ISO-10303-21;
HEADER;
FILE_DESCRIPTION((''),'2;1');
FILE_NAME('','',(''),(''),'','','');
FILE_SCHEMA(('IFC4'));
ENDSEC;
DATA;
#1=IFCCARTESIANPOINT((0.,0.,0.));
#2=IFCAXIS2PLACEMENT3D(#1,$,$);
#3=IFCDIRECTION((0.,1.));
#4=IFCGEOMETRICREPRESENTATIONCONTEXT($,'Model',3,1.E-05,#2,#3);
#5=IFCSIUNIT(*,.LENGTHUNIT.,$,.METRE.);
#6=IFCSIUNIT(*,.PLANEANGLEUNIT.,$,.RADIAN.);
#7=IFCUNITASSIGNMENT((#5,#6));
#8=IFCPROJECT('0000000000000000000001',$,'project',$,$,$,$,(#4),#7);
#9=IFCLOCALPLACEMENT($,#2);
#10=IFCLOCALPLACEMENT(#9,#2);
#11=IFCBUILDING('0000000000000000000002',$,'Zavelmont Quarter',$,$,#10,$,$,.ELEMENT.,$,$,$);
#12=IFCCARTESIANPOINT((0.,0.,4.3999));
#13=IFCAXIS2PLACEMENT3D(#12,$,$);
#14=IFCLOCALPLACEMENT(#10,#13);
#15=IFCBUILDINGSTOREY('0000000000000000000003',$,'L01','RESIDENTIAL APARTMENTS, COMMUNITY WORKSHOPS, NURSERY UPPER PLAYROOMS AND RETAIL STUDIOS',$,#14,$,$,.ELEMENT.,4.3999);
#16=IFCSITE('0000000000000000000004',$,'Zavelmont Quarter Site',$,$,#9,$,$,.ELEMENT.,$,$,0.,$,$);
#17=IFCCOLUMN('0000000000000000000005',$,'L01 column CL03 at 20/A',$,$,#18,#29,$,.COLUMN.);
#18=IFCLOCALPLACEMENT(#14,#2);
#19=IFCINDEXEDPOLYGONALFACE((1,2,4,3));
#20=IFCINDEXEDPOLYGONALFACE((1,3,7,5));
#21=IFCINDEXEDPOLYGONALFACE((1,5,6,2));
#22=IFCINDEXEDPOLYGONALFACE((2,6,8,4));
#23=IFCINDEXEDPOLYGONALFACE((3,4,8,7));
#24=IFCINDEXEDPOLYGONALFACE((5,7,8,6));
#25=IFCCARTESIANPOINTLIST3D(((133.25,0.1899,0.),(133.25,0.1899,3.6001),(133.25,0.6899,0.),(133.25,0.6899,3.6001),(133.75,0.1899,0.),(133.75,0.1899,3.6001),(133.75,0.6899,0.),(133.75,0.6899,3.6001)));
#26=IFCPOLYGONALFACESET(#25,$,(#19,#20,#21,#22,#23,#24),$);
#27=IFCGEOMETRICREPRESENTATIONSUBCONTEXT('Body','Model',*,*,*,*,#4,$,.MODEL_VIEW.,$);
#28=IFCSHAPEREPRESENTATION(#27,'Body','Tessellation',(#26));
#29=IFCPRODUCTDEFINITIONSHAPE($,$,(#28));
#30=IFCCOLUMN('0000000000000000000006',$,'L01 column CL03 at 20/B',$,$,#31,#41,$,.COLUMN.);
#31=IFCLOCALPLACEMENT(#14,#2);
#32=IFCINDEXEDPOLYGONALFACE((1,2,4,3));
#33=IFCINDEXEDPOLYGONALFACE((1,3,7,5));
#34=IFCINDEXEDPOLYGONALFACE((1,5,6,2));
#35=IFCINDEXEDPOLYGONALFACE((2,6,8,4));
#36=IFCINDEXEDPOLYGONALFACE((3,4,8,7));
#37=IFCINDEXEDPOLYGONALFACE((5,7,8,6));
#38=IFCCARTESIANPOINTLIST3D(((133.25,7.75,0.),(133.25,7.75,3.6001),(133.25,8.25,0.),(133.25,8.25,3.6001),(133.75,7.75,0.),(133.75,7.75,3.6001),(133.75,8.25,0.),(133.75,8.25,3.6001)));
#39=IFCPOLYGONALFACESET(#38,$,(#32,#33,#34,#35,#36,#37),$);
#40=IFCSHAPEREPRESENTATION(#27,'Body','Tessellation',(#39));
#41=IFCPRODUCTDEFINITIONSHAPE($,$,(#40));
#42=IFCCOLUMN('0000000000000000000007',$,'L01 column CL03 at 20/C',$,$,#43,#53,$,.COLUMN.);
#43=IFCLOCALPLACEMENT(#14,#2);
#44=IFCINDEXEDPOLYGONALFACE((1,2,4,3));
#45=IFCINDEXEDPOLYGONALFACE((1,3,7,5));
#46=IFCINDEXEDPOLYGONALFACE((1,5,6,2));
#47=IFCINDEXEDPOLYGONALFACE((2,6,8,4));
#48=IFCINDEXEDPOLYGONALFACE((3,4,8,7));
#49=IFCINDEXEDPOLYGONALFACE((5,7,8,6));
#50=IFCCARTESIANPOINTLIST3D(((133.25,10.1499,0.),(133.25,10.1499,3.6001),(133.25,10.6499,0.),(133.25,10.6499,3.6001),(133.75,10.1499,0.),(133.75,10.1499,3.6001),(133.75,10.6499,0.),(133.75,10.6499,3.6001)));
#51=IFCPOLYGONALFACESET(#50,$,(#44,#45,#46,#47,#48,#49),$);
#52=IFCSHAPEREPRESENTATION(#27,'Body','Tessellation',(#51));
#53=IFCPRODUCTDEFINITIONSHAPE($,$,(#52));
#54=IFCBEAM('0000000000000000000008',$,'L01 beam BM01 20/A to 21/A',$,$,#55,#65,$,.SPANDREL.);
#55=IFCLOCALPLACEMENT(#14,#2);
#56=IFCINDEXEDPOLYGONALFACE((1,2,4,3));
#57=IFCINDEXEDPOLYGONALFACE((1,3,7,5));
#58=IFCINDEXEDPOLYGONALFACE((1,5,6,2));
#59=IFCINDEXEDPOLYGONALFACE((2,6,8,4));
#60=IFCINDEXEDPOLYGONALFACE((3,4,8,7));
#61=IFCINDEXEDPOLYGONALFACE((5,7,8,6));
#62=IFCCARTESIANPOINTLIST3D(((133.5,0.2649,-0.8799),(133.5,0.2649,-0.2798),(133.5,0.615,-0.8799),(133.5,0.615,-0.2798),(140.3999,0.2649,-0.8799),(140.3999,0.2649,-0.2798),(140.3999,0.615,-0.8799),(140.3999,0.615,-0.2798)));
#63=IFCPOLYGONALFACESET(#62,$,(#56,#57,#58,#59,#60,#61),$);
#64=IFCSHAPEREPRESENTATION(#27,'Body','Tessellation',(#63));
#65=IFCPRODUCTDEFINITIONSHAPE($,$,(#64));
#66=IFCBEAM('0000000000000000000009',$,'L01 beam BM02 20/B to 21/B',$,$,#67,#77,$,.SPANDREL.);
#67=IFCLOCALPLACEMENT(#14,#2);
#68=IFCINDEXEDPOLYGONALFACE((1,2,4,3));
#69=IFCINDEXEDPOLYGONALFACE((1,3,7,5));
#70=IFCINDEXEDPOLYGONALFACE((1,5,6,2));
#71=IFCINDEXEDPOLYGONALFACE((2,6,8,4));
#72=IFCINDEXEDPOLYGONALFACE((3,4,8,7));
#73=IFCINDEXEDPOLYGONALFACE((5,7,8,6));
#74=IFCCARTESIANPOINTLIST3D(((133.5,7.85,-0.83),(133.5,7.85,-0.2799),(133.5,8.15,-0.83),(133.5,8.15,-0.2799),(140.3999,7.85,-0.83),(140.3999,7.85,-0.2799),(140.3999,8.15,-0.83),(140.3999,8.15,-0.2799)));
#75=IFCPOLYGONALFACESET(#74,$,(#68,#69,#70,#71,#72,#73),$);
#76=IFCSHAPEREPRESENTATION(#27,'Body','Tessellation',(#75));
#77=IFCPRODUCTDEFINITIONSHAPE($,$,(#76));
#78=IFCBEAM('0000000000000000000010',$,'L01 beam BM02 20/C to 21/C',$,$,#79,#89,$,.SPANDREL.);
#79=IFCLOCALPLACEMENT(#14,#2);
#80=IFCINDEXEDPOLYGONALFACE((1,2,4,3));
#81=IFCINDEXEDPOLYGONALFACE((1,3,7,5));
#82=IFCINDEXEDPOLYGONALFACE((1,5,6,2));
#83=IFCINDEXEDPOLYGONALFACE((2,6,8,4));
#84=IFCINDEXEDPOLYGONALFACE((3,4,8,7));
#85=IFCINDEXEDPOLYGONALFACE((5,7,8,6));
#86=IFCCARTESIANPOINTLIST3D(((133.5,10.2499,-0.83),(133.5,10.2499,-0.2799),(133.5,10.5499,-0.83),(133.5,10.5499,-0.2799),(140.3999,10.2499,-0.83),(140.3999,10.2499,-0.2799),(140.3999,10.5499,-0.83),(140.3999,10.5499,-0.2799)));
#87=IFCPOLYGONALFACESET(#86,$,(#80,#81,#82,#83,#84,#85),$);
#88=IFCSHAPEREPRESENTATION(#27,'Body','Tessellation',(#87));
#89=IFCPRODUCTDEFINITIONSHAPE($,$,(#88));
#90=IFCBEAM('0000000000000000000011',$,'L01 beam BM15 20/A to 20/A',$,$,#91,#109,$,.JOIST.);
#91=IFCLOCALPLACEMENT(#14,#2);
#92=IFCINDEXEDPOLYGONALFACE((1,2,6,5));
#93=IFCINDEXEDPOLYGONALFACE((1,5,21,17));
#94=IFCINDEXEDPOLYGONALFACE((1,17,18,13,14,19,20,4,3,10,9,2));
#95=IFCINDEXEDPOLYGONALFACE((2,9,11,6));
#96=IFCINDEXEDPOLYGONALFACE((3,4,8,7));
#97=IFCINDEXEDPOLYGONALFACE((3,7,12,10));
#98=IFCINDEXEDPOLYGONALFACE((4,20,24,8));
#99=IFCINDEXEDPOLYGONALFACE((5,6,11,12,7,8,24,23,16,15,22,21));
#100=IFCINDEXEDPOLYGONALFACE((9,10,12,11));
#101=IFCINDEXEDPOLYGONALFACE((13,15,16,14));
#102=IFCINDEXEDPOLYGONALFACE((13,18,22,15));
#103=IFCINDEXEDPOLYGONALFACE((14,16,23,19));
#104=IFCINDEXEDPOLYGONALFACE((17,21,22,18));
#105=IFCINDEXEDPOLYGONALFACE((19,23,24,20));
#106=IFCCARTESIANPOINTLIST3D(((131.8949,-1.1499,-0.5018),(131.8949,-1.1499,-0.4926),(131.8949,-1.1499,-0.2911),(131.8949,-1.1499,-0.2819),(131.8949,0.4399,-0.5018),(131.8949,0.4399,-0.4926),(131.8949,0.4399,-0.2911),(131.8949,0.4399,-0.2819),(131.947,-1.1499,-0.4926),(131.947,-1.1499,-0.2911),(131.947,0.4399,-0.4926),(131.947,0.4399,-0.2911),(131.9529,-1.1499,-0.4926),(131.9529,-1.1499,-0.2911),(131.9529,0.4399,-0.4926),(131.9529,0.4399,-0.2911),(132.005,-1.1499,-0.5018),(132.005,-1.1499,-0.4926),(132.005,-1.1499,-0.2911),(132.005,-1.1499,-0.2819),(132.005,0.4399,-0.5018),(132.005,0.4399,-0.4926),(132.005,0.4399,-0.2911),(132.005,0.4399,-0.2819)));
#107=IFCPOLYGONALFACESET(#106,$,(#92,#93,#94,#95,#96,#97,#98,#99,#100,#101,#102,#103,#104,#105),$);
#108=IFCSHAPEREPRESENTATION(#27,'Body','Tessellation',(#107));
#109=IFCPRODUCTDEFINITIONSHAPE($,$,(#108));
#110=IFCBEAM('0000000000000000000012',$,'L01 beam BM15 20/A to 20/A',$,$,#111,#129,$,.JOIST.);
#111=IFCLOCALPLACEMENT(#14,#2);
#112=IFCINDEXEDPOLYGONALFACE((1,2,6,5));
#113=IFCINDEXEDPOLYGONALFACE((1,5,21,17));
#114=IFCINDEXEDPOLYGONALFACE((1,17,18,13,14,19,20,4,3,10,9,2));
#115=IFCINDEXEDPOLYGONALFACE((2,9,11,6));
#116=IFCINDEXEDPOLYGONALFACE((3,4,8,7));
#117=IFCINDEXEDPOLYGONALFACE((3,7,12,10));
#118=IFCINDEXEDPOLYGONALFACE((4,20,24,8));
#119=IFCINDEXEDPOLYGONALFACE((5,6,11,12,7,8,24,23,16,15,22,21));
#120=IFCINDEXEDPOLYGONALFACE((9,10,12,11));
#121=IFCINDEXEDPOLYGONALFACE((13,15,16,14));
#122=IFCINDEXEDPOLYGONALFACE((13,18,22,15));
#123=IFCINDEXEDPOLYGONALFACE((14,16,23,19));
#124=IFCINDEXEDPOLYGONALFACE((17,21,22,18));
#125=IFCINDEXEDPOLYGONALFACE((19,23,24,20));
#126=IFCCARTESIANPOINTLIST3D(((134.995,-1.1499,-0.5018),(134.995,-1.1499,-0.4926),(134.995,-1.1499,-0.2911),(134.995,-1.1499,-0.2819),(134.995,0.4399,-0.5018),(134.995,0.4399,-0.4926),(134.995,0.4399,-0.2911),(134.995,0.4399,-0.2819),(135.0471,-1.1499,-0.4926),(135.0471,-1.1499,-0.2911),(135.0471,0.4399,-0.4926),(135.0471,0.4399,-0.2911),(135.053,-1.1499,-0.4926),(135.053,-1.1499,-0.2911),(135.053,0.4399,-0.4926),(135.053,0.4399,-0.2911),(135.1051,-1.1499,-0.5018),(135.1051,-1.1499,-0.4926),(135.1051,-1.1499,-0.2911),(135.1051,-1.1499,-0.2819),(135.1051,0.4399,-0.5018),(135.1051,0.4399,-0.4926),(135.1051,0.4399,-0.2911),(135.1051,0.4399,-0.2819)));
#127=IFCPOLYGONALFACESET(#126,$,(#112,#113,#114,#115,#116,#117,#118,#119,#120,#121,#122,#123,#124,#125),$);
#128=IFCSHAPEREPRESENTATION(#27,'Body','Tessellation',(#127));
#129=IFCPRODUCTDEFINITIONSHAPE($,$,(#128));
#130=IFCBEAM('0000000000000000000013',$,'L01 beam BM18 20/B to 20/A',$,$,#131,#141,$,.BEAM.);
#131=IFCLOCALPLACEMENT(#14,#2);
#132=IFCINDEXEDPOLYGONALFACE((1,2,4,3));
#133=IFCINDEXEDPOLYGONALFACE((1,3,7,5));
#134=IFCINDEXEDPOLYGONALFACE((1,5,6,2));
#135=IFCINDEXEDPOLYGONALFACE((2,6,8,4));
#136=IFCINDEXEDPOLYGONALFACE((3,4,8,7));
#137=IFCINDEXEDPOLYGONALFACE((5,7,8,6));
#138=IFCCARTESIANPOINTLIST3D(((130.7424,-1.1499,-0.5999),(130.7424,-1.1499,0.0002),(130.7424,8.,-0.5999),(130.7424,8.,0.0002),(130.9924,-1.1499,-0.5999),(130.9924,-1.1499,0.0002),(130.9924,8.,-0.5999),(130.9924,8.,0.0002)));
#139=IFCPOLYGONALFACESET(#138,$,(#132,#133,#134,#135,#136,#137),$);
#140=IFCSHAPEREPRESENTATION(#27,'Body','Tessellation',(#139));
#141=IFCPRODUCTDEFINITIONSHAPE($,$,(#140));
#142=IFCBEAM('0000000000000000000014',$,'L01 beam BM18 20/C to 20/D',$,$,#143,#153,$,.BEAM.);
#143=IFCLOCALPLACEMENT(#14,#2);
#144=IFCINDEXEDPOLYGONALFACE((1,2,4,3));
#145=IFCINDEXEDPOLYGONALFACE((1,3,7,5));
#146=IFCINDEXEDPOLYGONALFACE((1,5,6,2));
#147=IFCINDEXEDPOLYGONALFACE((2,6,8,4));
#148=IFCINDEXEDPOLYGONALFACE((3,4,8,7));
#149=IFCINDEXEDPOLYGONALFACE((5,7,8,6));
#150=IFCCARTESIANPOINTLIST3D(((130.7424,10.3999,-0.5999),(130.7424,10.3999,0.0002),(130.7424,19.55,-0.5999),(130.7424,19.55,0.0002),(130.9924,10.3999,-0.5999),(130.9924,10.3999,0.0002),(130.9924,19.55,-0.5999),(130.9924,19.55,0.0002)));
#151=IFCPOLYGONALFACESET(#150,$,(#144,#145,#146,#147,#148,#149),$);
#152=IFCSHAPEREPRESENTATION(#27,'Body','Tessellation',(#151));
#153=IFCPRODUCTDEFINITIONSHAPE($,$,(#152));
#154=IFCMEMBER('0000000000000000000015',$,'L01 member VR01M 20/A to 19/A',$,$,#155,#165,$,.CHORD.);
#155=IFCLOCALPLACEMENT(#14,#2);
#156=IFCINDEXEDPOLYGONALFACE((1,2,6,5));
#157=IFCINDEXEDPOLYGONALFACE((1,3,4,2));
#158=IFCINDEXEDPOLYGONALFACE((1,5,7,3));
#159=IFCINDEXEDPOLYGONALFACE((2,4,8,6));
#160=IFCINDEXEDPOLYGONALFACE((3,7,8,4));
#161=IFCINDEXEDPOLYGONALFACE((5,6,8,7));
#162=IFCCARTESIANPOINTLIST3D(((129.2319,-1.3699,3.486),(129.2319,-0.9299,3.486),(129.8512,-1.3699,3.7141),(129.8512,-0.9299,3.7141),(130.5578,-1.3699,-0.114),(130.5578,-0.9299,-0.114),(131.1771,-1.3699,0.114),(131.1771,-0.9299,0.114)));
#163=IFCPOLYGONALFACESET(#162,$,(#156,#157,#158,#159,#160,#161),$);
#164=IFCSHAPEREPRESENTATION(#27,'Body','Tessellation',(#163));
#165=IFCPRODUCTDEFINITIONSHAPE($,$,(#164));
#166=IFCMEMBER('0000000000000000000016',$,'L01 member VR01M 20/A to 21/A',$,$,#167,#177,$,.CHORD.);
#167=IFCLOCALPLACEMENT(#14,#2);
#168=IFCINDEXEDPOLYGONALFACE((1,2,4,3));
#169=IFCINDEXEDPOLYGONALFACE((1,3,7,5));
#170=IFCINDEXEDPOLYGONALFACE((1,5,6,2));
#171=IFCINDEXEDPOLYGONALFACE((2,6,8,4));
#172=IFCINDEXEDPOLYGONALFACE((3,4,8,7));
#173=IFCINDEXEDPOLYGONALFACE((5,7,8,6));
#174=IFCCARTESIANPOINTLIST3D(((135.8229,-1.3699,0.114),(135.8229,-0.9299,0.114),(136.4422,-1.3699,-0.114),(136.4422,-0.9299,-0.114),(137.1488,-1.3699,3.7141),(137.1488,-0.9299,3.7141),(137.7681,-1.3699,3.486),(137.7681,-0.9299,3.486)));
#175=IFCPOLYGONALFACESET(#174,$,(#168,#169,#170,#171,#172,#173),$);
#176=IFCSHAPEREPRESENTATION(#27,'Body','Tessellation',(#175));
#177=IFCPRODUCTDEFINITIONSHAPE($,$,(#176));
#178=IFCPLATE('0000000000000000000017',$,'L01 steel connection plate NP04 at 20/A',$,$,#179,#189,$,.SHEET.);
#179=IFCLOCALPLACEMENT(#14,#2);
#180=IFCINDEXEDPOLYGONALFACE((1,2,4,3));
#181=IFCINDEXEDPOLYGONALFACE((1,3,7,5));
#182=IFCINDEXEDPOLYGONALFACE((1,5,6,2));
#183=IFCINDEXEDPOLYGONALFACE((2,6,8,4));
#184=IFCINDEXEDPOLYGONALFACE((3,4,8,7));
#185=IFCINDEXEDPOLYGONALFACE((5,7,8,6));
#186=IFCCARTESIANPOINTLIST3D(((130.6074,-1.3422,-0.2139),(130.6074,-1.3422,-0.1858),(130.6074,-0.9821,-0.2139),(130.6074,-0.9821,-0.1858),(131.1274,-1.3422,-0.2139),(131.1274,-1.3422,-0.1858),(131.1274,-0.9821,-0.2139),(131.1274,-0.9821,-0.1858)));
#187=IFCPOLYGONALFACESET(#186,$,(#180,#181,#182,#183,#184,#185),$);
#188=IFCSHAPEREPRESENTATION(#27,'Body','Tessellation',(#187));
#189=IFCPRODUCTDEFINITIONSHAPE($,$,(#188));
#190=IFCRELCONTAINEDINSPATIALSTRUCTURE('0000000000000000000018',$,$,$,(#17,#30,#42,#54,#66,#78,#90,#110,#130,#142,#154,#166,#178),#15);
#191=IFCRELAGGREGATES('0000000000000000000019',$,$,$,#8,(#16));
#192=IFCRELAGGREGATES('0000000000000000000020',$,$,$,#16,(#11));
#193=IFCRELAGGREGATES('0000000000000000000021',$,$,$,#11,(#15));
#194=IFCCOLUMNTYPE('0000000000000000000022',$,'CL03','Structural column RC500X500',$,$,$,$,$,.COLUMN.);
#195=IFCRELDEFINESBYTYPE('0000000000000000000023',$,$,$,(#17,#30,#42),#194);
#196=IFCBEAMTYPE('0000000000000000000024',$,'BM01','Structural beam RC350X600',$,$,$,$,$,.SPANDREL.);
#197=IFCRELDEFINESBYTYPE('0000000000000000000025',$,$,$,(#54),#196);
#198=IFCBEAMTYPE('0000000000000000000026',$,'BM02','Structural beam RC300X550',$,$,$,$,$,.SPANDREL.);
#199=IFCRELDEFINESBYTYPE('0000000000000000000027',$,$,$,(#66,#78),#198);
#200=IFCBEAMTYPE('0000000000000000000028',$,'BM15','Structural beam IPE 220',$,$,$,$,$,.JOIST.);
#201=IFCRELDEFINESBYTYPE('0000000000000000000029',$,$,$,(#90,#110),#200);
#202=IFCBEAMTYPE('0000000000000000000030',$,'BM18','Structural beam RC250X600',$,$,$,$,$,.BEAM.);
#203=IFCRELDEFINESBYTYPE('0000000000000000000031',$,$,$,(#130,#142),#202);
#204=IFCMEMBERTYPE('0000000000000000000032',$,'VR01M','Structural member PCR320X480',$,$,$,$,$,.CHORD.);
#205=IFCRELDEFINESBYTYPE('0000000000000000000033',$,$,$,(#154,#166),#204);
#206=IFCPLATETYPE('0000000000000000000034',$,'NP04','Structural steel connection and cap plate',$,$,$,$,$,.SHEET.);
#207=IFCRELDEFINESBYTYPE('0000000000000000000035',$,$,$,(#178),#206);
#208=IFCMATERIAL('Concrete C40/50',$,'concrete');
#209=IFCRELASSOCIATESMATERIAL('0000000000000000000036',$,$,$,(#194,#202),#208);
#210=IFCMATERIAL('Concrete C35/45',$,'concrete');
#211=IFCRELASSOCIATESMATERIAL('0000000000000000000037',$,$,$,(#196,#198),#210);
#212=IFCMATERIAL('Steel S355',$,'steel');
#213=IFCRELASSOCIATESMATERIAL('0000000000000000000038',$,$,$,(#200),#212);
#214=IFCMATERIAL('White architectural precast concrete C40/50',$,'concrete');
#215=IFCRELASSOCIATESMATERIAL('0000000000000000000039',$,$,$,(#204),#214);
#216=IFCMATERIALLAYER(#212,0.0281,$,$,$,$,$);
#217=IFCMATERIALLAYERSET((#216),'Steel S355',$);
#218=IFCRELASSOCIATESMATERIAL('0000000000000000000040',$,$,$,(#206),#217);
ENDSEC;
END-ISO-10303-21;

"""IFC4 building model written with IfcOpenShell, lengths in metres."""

from ifc_helpers import new_model, si_unit, direction, frame, origin, origin_2d, place, context, subcontext, project, spatial, rectangle, i_section, extrude, material, layer, layer_set, material_profile, profile_set, type_object, element, save


model = new_model("IFC4")

# Units and contexts
model_context = context("Model", 3, precision=1e-05, world=origin(), true_north=direction((0.0, 1.0)))
body_context = subcontext(model_context, "Body", "Model", "MODEL_VIEW")
ifc_project = project(units=[si_unit("LENGTHUNIT", "METRE"), si_unit("PLANEANGLEUNIT", "RADIAN")], contexts=[model_context])

# Site, building, storey
site_placement = place(None, origin())
site = spatial("IfcSite", under=ifc_project, at=site_placement, Name="Zavelmont Quarter Site", CompositionType="ELEMENT", RefElevation=0.0)
building_placement = place(site_placement, origin())
building = spatial("IfcBuilding", under=site, at=building_placement, Name="Zavelmont Quarter", CompositionType="ELEMENT")
storey_placement = place(building_placement, frame((0.0, 0.0, 4.3999)))
storey = spatial("IfcBuildingStorey", under=building, at=storey_placement, Name="L01", Description="RESIDENTIAL APARTMENTS, COMMUNITY WORKSHOPS, NURSERY UPPER PLAYROOMS AND RETAIL STUDIOS", CompositionType="ELEMENT", Elevation=4.3999)

# Columns
ifc_material_1 = material(Name="Concrete C40/50", Category="concrete")
ifc_material_profile_1 = material_profile(ifc_material_1, rectangle(XDim=0.5, YDim=0.5, at=origin_2d()), Name="RC500X500")
ifc_profile_set_1 = profile_set([ifc_material_profile_1], Name="Concrete C40/50")
column_type = type_object("IfcColumnType", Name="CL03", Description="Structural column RC500X500", PredefinedType="COLUMN", material=ifc_profile_set_1)
for number, where, z_axis, x_axis, name in (
    (1, (133.5, 0.4399, 0.0), (0.0, 0.0, 1.0), (1.0, 0.0, 0.0), "L01 column CL03 at 20/A"),
    (2, (133.5, 8.0, 0.0), (0.0, 0.0, 1.0), (1.0, 0.0, 0.0), "L01 column CL03 at 20/B"),
    (3, (133.5, 10.3999, 0.0), (0.0, 0.0, 1.0), (1.0, 0.0, 0.0), "L01 column CL03 at 20/C"),
):
    element("IfcColumn", number, at=place(storey_placement, frame(where, z_axis=z_axis, x_axis=x_axis)), inside=storey, type_object=column_type, Name=name, PredefinedType="COLUMN", context=body_context, shape_type="SweptSolid", body=[
        extrude(rectangle(XDim=0.5, YDim=0.5, at=origin_2d()), origin(), (0.0, 0.0, 1.0), 3.6001),
    ])

# Beams
ifc_material_2 = material(Name="Concrete C35/45", Category="concrete")
ifc_material_profile_2 = material_profile(ifc_material_2, rectangle(XDim=0.3501, YDim=0.6001, at=origin_2d()), Name="RC350X600")
ifc_profile_set_2 = profile_set([ifc_material_profile_2], Name="Concrete C35/45")
beam_type_1 = type_object("IfcBeamType", Name="BM01", Description="Structural beam RC350X600", PredefinedType="SPANDREL", material=ifc_profile_set_2)
beam_1_placement = place(storey_placement, frame((133.5, 0.4399, -0.5798), z_axis=(1.0, 0.0, 0.0), x_axis=(0.0, 1.0, 0.0)))
element("IfcBeam", 4, at=beam_1_placement, inside=storey, type_object=beam_type_1, Name="L01 beam BM01 20/A to 21/A", PredefinedType="SPANDREL", context=body_context, shape_type="SweptSolid", body=[
    extrude(rectangle(XDim=0.3501, YDim=0.6001, at=origin_2d()), origin(), (0.0, 0.0, 1.0), 6.8999),
])
ifc_material_profile_3 = material_profile(ifc_material_2, rectangle(XDim=0.3, YDim=0.55, at=origin_2d()), Name="RC300X550")
ifc_profile_set_3 = profile_set([ifc_material_profile_3], Name="Concrete C35/45")
beam_type_2 = type_object("IfcBeamType", Name="BM02", Description="Structural beam RC300X550", PredefinedType="SPANDREL", material=ifc_profile_set_3)
for number, where, z_axis, x_axis, name in (
    (5, (133.5, 8.0, -0.5549), (1.0, 0.0, 0.0), (0.0, 1.0, 0.0), "L01 beam BM02 20/B to 21/B"),
    (6, (133.5, 10.3999, -0.5549), (1.0, 0.0, 0.0), (0.0, 1.0, 0.0), "L01 beam BM02 20/C to 21/C"),
):
    element("IfcBeam", number, at=place(storey_placement, frame(where, z_axis=z_axis, x_axis=x_axis)), inside=storey, type_object=beam_type_2, Name=name, PredefinedType="SPANDREL", context=body_context, shape_type="SweptSolid", body=[
        extrude(rectangle(XDim=0.3, YDim=0.55, at=origin_2d()), origin(), (0.0, 0.0, 1.0), 6.8999),
    ])
ifc_material_3 = material(Name="Steel S355", Category="steel")
ifc_material_profile_4 = material_profile(ifc_material_3, i_section(OverallWidth=0.1101, OverallDepth=0.22, WebThickness=0.0059, FlangeThickness=0.0093, at=origin_2d()), Name="IPE 220")
ifc_profile_set_4 = profile_set([ifc_material_profile_4], Name="Steel S355")
beam_type_3 = type_object("IfcBeamType", Name="BM15", Description="Structural beam IPE 220", PredefinedType="JOIST", material=ifc_profile_set_4)
for number, where, z_axis, x_axis, name in (
    (7, (131.95, 0.4399, -0.3918), (0.0, -1.0, 0.0), (1.0, 0.0, 0.0), "L01 beam BM15 20/A to 20/A"),
    (8, (135.05, 0.4399, -0.3918), (0.0, -1.0, 0.0), (1.0, 0.0, 0.0), "L01 beam BM15 20/A to 20/A"),
):
    element("IfcBeam", number, at=place(storey_placement, frame(where, z_axis=z_axis, x_axis=x_axis)), inside=storey, type_object=beam_type_3, Name=name, PredefinedType="JOIST", context=body_context, shape_type="SweptSolid", body=[
        extrude(i_section(OverallWidth=0.1101, OverallDepth=0.22, WebThickness=0.0059, FlangeThickness=0.0093, at=origin_2d()), origin(), (0.0, 0.0, 1.0), 1.5898),
    ])
ifc_material_profile_5 = material_profile(ifc_material_1, rectangle(XDim=0.25, YDim=0.6001, at=origin_2d()), Name="RC250X600")
ifc_profile_set_5 = profile_set([ifc_material_profile_5], Name="Concrete C40/50")
beam_type_4 = type_object("IfcBeamType", Name="BM18", Description="Structural beam RC250X600", PredefinedType="BEAM", material=ifc_profile_set_5)
beam_2_placement = place(storey_placement, frame((130.8674, 8.0, -0.2998), z_axis=(0.0, -1.0, 0.0), x_axis=(1.0, 0.0, 0.0)))
element("IfcBeam", 9, at=beam_2_placement, inside=storey, type_object=beam_type_4, Name="L01 beam BM18 20/B to 20/A", PredefinedType="BEAM", context=body_context, shape_type="SweptSolid", body=[
    extrude(rectangle(XDim=0.25, YDim=0.6001, at=origin_2d()), origin(), (0.0, 0.0, 1.0), 9.1499),
])
beam_3_placement = place(storey_placement, frame((130.8674, 10.3999, -0.2998), z_axis=(0.0, 1.0, 0.0), x_axis=(-1.0, 0.0, 0.0)))
element("IfcBeam", 10, at=beam_3_placement, inside=storey, type_object=beam_type_4, Name="L01 beam BM18 20/C to 20/D", PredefinedType="BEAM", context=body_context, shape_type="SweptSolid", body=[
    extrude(rectangle(XDim=0.25, YDim=0.6001, at=origin_2d()), origin(), (0.0, 0.0, 1.0), 9.1501),
])

# Members
ifc_material_4 = material(Name="White architectural precast concrete C40/50", Category="concrete")
ifc_material_profile_6 = material_profile(ifc_material_4, rectangle(XDim=0.4399, YDim=0.6599, at=origin_2d()), Name="PCR320X480")
ifc_profile_set_6 = profile_set([ifc_material_profile_6], Name="White architectural precast concrete C40/50")
member_type = type_object("IfcMemberType", Name="VR01M", Description="Structural member PCR320X480", PredefinedType="CHORD", material=ifc_profile_set_6)
for number, where, z_axis, x_axis, name in (
    (11, (130.8674, -1.1499, 0.0), (-0.345608, 0.0, 0.938379), (0.0, -1.0, 0.0), "L01 member VR01M 20/A to 19/A"),
    (12, (136.1326, -1.1499, 0.0), (0.345608, 0.0, 0.938379), (0.0, 1.0, 0.0), "L01 member VR01M 20/A to 21/A"),
):
    element("IfcMember", number, at=place(storey_placement, frame(where, z_axis=z_axis, x_axis=x_axis)), inside=storey, type_object=member_type, Name=name, PredefinedType="CHORD", context=body_context, shape_type="SweptSolid", body=[
        extrude(rectangle(XDim=0.4399, YDim=0.6599, at=origin_2d()), origin(), (0.0, 0.0, 1.0), 3.8364),
    ])

# Plate
ifc_layer_1 = layer(ifc_material_3, 0.0281)
ifc_layer_set_1 = layer_set([ifc_layer_1], Name="Steel S355")
plate_type = type_object("IfcPlateType", Name="NP04", Description="Structural steel connection and cap plate", PredefinedType="SHEET", material=ifc_layer_set_1)
for number, where, z_axis, x_axis, name in (
    (13, (130.8674, -1.1621, -0.2139), (0.0, 0.0, 1.0), (1.0, 0.0, 0.0), "L01 steel connection plate NP04 at 20/A"),
):
    element("IfcPlate", number, at=place(storey_placement, frame(where, z_axis=z_axis, x_axis=x_axis)), inside=storey, type_object=plate_type, Name=name, PredefinedType="SHEET", context=body_context, shape_type="SweptSolid", body=[
        extrude(rectangle(XDim=0.52, YDim=0.3601, at=origin_2d()), origin(), (0.0, 0.0, 1.0), 0.0281),
    ])

save(model, "model.ifc")
